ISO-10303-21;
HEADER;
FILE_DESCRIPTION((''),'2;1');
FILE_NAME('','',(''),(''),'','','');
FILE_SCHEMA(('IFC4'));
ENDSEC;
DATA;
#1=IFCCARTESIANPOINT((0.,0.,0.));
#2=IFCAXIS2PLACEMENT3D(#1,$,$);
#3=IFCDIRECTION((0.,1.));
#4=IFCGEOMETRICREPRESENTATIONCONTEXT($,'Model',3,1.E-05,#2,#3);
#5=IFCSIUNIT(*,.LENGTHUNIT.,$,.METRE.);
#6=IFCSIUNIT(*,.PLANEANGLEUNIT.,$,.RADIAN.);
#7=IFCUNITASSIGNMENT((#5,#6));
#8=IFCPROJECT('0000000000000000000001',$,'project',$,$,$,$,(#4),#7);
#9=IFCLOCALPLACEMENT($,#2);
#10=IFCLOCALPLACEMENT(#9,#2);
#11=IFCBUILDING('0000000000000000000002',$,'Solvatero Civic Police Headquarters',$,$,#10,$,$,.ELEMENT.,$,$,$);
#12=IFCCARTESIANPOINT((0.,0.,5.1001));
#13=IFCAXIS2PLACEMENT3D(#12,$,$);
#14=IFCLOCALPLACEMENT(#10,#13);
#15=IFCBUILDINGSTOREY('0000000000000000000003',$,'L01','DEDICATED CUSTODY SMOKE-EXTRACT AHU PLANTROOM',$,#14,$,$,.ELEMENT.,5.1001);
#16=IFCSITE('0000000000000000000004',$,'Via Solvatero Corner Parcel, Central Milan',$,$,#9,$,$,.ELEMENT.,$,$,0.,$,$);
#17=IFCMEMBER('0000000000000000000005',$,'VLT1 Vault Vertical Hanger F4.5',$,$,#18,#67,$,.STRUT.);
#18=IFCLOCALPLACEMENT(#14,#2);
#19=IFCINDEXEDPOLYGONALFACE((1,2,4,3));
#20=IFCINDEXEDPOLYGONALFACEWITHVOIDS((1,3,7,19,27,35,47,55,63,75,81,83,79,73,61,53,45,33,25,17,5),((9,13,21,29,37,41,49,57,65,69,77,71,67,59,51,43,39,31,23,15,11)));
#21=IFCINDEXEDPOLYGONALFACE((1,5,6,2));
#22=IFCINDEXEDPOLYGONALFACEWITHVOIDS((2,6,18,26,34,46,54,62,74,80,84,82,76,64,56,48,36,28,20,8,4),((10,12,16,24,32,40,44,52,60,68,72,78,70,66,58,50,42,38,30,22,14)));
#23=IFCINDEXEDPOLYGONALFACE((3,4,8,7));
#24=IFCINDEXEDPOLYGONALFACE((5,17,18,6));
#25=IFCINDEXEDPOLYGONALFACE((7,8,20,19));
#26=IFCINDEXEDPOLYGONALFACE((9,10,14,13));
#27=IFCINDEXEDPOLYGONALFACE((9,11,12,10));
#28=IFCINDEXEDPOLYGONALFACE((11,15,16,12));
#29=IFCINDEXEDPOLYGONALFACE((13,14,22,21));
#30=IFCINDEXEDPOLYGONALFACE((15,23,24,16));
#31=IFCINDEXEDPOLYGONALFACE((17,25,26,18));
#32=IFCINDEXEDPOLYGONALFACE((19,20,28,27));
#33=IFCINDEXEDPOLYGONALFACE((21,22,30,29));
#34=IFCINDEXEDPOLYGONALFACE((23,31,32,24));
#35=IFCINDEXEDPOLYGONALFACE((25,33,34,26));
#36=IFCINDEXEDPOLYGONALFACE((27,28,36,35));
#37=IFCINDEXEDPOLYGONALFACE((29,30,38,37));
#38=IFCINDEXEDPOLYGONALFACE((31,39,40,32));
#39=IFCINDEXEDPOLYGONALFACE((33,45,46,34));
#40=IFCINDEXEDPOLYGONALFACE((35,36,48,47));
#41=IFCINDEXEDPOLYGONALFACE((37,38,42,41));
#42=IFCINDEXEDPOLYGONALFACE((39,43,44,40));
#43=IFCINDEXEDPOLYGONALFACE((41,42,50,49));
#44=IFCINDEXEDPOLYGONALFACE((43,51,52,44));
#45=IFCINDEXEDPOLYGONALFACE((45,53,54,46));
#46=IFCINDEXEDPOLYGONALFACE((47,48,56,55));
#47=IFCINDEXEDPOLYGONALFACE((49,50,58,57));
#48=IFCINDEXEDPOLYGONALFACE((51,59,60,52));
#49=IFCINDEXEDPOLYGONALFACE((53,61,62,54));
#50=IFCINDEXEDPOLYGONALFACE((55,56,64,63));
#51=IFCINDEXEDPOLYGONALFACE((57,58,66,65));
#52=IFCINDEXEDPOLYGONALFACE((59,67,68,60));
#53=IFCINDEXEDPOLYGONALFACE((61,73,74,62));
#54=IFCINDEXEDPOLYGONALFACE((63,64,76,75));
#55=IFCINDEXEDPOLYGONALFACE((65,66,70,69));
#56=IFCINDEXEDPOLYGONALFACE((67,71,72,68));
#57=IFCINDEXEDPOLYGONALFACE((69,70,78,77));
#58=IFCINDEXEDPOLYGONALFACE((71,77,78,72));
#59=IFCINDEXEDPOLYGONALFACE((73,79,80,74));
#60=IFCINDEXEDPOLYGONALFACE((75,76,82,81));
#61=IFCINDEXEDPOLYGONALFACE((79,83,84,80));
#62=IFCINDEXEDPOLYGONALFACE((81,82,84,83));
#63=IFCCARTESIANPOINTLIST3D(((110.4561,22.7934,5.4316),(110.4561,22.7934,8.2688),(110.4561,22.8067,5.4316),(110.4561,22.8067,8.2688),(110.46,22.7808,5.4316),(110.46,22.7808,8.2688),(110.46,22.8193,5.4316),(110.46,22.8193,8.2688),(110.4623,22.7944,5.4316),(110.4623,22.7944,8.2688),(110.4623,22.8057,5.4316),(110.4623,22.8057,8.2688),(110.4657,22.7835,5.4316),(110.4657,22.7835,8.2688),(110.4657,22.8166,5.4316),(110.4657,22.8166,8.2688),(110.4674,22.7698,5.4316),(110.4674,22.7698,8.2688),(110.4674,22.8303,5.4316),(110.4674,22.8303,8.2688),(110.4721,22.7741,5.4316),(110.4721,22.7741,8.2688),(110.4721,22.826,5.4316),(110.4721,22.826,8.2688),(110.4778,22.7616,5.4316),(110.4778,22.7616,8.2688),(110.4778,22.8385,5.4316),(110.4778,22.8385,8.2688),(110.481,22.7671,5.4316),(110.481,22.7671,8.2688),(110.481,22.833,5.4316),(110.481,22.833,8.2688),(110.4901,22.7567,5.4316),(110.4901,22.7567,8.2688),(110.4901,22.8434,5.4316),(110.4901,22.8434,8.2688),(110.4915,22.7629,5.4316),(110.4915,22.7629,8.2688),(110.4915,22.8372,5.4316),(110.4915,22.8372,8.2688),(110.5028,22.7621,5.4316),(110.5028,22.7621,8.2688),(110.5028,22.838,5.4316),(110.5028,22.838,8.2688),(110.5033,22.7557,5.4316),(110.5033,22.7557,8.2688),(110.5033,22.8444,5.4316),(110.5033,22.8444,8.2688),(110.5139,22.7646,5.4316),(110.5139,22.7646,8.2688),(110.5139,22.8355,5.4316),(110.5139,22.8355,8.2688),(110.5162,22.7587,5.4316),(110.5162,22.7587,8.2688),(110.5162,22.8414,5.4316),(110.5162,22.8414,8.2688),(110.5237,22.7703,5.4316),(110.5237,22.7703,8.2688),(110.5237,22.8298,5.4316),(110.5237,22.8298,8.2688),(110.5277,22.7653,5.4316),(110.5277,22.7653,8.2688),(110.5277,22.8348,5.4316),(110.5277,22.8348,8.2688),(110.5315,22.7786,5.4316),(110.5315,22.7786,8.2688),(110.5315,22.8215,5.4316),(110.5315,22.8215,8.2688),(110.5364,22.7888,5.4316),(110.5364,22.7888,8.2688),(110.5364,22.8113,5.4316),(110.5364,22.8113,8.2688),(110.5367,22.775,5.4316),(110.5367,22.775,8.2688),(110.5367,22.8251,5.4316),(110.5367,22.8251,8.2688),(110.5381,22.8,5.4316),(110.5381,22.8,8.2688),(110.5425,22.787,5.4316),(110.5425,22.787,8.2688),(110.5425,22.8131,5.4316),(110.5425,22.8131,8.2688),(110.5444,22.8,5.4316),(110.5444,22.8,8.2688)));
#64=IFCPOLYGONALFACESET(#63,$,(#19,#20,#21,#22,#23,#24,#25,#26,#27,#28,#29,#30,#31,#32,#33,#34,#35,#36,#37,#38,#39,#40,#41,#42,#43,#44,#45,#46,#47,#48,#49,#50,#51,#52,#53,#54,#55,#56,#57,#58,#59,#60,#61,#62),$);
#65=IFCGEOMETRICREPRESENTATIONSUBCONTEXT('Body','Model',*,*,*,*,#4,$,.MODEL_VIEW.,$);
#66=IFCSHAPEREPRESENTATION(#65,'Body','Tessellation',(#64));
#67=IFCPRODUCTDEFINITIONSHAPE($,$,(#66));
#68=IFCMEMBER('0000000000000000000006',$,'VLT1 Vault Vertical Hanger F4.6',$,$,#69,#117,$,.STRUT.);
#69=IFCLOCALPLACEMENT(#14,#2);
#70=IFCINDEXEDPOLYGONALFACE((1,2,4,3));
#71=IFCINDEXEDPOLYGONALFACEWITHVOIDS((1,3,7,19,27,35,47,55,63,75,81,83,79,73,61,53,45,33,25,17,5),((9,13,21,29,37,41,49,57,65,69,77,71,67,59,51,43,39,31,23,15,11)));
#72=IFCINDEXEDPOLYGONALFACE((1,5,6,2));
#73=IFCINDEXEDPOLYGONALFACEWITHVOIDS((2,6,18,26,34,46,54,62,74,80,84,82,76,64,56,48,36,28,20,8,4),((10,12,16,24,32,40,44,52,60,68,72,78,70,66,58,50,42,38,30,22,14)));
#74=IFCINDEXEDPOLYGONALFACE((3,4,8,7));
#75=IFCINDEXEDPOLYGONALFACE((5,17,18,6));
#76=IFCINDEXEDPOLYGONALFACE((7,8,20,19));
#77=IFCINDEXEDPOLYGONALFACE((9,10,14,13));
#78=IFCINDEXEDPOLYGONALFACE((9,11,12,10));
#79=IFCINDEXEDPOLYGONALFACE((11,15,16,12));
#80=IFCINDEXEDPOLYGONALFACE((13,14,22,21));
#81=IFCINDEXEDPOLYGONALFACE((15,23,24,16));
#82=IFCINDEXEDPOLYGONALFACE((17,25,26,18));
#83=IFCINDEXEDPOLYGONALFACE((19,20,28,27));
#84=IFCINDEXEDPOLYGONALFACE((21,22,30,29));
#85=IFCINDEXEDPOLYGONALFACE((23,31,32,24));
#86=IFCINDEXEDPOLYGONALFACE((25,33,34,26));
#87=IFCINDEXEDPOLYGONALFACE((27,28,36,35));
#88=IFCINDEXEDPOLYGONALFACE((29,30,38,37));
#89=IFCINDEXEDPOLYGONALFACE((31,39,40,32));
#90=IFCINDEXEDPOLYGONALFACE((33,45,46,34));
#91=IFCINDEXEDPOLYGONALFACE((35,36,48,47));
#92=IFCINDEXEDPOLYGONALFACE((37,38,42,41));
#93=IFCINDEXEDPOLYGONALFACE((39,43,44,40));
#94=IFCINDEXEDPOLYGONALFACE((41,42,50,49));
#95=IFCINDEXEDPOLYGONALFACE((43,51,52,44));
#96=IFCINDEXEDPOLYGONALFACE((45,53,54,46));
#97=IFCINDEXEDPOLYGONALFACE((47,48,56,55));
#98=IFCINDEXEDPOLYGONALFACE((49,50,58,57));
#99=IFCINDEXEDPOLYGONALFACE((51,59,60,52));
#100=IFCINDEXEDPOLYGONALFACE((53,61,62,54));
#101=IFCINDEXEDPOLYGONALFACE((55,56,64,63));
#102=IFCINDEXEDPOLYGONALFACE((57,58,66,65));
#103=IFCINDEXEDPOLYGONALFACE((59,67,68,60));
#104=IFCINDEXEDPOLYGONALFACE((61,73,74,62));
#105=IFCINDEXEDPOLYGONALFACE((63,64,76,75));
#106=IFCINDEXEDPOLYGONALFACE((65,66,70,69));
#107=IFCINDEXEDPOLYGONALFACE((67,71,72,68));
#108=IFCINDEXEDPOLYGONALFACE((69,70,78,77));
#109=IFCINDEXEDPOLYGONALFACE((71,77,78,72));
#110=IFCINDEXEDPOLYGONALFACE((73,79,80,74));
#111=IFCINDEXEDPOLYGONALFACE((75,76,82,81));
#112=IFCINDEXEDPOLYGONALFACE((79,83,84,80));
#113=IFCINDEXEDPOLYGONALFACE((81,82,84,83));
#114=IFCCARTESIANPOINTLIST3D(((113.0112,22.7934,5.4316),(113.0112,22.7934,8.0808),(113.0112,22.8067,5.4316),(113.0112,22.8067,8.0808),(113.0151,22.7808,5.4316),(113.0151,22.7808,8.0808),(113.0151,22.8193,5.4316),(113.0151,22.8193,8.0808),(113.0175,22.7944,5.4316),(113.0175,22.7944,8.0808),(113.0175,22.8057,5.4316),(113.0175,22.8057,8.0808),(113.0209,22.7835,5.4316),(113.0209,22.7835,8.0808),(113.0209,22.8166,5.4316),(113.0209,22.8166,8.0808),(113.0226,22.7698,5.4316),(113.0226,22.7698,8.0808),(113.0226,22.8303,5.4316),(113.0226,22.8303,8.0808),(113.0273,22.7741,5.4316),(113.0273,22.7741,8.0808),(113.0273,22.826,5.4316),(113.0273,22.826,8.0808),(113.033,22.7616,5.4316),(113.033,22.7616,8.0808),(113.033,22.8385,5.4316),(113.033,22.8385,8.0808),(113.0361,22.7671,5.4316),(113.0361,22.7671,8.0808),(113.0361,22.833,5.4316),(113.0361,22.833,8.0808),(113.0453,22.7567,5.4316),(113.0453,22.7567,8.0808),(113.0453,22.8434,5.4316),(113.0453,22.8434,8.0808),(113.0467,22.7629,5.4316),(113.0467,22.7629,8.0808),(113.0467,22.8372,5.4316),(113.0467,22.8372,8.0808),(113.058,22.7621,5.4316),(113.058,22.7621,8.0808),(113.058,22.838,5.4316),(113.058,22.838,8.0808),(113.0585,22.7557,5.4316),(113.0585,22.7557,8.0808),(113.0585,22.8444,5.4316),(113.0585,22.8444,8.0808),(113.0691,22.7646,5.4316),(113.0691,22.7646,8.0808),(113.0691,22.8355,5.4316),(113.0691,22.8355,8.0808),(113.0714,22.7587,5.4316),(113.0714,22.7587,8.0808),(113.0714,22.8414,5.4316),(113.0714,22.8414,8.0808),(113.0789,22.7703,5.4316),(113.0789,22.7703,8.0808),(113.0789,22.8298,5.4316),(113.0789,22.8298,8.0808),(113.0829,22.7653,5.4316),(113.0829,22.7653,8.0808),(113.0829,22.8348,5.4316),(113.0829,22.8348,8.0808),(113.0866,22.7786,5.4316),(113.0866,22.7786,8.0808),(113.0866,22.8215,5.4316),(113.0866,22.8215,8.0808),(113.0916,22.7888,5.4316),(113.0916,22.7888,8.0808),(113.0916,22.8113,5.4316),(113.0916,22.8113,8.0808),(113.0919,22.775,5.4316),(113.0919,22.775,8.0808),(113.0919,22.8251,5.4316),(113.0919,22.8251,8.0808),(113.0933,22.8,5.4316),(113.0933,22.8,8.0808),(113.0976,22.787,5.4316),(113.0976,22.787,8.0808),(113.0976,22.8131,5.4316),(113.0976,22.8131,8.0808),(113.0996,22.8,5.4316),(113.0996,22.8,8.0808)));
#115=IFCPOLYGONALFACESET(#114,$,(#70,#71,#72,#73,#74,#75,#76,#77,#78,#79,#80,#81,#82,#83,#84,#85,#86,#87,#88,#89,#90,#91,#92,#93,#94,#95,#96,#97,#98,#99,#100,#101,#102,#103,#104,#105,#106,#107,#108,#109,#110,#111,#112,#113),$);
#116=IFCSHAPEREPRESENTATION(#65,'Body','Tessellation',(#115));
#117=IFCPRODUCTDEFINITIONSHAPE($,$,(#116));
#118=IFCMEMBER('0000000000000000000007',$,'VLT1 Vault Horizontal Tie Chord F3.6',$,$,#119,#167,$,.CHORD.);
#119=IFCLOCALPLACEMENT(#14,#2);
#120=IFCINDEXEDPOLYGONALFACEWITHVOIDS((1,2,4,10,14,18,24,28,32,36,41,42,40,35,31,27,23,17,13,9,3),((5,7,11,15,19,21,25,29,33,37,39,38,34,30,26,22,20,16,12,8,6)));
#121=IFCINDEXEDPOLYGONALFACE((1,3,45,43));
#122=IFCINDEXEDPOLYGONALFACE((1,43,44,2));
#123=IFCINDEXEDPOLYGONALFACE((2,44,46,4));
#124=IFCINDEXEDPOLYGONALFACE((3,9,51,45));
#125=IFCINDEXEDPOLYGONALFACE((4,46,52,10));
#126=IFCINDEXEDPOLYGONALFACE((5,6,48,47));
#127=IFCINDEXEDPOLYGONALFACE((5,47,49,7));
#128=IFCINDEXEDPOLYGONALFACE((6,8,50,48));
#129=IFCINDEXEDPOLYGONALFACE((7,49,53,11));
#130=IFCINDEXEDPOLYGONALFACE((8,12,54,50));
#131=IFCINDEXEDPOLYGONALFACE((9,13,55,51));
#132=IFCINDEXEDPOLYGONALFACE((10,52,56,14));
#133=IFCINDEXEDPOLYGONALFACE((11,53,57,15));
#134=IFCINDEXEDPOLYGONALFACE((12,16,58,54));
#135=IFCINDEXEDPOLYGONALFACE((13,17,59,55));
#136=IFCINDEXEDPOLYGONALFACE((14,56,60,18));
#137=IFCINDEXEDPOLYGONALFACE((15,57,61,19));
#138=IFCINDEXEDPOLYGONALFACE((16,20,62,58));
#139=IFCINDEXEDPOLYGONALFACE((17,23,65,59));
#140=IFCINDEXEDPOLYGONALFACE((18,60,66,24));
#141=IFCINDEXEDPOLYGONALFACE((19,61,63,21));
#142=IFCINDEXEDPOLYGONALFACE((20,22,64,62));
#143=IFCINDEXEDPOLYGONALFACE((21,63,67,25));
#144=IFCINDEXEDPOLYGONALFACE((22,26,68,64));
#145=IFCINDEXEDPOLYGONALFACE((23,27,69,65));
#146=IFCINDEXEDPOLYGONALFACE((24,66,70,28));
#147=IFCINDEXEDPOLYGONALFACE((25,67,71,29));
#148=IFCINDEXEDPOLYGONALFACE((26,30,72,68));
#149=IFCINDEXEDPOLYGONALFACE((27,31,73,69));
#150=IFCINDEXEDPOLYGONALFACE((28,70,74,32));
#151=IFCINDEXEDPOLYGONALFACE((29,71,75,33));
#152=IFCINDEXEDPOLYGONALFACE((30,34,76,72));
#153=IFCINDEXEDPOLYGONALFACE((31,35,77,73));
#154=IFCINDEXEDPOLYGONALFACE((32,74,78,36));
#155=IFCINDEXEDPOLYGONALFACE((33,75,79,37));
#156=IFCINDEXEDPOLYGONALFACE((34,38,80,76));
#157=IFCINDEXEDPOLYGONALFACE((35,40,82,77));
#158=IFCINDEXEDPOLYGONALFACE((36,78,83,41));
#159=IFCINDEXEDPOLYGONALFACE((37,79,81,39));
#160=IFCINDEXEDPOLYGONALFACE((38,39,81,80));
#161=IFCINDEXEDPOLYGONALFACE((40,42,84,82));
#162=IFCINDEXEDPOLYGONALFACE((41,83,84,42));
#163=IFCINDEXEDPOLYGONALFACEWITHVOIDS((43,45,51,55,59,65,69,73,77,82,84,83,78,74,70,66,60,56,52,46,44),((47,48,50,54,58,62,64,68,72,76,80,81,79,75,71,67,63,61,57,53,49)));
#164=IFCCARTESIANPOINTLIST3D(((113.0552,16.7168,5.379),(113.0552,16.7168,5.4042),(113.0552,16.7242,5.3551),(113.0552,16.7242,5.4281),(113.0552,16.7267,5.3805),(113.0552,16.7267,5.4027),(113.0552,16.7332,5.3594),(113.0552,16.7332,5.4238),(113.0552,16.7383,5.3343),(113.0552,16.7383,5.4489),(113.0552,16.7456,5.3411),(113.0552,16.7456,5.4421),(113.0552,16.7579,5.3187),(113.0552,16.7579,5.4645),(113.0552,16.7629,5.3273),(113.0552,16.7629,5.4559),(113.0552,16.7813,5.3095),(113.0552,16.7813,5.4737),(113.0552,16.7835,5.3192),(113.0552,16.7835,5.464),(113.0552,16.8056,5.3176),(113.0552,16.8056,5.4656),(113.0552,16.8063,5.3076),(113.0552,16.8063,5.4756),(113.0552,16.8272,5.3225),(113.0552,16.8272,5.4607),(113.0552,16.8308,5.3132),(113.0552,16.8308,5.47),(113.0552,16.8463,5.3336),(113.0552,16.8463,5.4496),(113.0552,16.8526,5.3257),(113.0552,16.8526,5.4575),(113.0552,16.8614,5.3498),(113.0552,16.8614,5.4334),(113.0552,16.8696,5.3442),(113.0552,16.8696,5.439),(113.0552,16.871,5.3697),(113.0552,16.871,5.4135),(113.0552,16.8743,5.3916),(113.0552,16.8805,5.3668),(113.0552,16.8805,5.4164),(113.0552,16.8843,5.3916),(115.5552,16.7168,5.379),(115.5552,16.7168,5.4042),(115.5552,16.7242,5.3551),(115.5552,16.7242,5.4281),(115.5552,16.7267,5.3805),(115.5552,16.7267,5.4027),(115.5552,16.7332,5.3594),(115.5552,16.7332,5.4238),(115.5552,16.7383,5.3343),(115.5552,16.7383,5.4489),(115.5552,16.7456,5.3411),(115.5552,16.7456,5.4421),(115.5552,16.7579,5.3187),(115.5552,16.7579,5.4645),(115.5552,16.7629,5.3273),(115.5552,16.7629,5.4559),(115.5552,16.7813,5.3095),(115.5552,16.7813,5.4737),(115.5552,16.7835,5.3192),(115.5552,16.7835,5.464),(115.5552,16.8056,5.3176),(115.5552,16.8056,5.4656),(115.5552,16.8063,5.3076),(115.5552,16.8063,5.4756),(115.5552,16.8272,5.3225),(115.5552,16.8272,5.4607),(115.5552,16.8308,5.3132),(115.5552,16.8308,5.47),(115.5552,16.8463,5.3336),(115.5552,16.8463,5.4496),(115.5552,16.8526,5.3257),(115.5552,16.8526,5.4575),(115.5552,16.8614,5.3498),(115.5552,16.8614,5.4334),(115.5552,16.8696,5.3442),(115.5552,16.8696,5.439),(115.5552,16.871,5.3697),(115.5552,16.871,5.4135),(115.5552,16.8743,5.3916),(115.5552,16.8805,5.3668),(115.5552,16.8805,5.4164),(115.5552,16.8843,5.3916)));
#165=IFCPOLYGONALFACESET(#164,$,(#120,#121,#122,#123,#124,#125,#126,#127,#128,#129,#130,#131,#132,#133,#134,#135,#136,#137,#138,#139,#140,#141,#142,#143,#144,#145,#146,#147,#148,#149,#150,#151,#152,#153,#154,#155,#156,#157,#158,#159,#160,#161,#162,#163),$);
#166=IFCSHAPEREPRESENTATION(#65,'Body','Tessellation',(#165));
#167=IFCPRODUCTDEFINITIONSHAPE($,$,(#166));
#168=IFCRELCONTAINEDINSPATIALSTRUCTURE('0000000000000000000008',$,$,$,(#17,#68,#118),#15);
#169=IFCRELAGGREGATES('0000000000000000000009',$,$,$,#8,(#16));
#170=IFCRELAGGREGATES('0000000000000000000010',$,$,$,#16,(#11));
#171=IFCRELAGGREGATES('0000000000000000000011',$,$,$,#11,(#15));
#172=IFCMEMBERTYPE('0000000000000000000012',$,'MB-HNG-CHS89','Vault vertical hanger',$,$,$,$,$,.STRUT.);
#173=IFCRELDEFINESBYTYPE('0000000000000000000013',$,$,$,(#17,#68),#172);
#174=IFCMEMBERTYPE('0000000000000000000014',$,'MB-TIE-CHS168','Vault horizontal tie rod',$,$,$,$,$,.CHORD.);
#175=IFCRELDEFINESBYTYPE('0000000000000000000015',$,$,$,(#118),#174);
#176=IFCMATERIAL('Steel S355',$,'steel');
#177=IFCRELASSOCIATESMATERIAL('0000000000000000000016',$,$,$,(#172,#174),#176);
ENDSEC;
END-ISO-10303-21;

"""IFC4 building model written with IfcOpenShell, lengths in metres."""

from ifc_helpers import new_model, si_unit, direction, frame, origin, origin_2d, place, context, subcontext, project, spatial, hollow_circle, extrude, material, material_profile, profile_set, type_object, element, save


model = new_model("IFC4")

# Units and contexts
model_context = context("Model", 3, precision=1e-05, world=origin(), true_north=direction((0.0, 1.0)))
body_context = subcontext(model_context, "Body", "Model", "MODEL_VIEW")
ifc_project = project(units=[si_unit("LENGTHUNIT", "METRE"), si_unit("PLANEANGLEUNIT", "RADIAN")], contexts=[model_context])

# Site, building, storey
site_placement = place(None, origin())
site = spatial("IfcSite", under=ifc_project, at=site_placement, Name="Via Solvatero Corner Parcel, Central Milan", CompositionType="ELEMENT", RefElevation=0.0)
building_placement = place(site_placement, origin())
building = spatial("IfcBuilding", under=site, at=building_placement, Name="Solvatero Civic Police Headquarters", CompositionType="ELEMENT")
storey_placement = place(building_placement, frame((0.0, 0.0, 5.1001)))
storey = spatial("IfcBuildingStorey", under=building, at=storey_placement, Name="L01", Description="DEDICATED CUSTODY SMOKE-EXTRACT AHU PLANTROOM", CompositionType="ELEMENT", Elevation=5.1001)

# Shared definitions
ifc_material = material(Name="Steel S355", Category="steel")

# Members
ifc_material_profile_1 = material_profile(ifc_material, hollow_circle(Radius=0.0444, WallThickness=0.0063, at=origin_2d()), Name="CHS 88.9x6.3")
ifc_profile_set_1 = profile_set([ifc_material_profile_1], Name="Steel S355")
member_type_1 = type_object("IfcMemberType", Name="MB-HNG-CHS89", Description="Vault vertical hanger", PredefinedType="STRUT", material=ifc_profile_set_1)
member_1_placement = place(storey_placement, frame((110.5, 22.8, 5.4316), z_axis=(0.0, 0.0, 1.0), x_axis=(1.0, 0.0, 0.0)))
element("IfcMember", 1, at=member_1_placement, inside=storey, type_object=member_type_1, Name="VLT1 Vault Vertical Hanger F4.5", PredefinedType="STRUT", context=body_context, shape_type="SweptSolid", body=[
    extrude(hollow_circle(Radius=0.0444, WallThickness=0.0063, at=origin_2d()), origin(), (0.0, 0.0, 1.0), 2.8372),
])
member_2_placement = place(storey_placement, frame((113.0552, 22.8, 5.4316), z_axis=(0.0, 0.0, 1.0), x_axis=(1.0, 0.0, 0.0)))
element("IfcMember", 2, at=member_2_placement, inside=storey, type_object=member_type_1, Name="VLT1 Vault Vertical Hanger F4.6", PredefinedType="STRUT", context=body_context, shape_type="SweptSolid", body=[
    extrude(hollow_circle(Radius=0.0444, WallThickness=0.0063, at=origin_2d()), origin(), (0.0, 0.0, 1.0), 2.6492),
])
ifc_material_profile_2 = material_profile(ifc_material, hollow_circle(Radius=0.0842, WallThickness=0.01, at=origin_2d()), Name="CHS 168.3x10.0")
ifc_profile_set_2 = profile_set([ifc_material_profile_2], Name="Steel S355")
member_type_2 = type_object("IfcMemberType", Name="MB-TIE-CHS168", Description="Vault horizontal tie rod", PredefinedType="CHORD", material=ifc_profile_set_2)
member_3_placement = place(storey_placement, frame((113.0552, 16.8, 5.3916), z_axis=(1.0, 0.0, 0.0), x_axis=(0.0, 1.0, 0.0)))
element("IfcMember", 3, at=member_3_placement, inside=storey, type_object=member_type_2, Name="VLT1 Vault Horizontal Tie Chord F3.6", PredefinedType="CHORD", context=body_context, shape_type="SweptSolid", body=[
    extrude(hollow_circle(Radius=0.0842, WallThickness=0.01, at=origin_2d()), origin(), (0.0, 0.0, 1.0), 2.5),
])

save(model, "model.ifc")
